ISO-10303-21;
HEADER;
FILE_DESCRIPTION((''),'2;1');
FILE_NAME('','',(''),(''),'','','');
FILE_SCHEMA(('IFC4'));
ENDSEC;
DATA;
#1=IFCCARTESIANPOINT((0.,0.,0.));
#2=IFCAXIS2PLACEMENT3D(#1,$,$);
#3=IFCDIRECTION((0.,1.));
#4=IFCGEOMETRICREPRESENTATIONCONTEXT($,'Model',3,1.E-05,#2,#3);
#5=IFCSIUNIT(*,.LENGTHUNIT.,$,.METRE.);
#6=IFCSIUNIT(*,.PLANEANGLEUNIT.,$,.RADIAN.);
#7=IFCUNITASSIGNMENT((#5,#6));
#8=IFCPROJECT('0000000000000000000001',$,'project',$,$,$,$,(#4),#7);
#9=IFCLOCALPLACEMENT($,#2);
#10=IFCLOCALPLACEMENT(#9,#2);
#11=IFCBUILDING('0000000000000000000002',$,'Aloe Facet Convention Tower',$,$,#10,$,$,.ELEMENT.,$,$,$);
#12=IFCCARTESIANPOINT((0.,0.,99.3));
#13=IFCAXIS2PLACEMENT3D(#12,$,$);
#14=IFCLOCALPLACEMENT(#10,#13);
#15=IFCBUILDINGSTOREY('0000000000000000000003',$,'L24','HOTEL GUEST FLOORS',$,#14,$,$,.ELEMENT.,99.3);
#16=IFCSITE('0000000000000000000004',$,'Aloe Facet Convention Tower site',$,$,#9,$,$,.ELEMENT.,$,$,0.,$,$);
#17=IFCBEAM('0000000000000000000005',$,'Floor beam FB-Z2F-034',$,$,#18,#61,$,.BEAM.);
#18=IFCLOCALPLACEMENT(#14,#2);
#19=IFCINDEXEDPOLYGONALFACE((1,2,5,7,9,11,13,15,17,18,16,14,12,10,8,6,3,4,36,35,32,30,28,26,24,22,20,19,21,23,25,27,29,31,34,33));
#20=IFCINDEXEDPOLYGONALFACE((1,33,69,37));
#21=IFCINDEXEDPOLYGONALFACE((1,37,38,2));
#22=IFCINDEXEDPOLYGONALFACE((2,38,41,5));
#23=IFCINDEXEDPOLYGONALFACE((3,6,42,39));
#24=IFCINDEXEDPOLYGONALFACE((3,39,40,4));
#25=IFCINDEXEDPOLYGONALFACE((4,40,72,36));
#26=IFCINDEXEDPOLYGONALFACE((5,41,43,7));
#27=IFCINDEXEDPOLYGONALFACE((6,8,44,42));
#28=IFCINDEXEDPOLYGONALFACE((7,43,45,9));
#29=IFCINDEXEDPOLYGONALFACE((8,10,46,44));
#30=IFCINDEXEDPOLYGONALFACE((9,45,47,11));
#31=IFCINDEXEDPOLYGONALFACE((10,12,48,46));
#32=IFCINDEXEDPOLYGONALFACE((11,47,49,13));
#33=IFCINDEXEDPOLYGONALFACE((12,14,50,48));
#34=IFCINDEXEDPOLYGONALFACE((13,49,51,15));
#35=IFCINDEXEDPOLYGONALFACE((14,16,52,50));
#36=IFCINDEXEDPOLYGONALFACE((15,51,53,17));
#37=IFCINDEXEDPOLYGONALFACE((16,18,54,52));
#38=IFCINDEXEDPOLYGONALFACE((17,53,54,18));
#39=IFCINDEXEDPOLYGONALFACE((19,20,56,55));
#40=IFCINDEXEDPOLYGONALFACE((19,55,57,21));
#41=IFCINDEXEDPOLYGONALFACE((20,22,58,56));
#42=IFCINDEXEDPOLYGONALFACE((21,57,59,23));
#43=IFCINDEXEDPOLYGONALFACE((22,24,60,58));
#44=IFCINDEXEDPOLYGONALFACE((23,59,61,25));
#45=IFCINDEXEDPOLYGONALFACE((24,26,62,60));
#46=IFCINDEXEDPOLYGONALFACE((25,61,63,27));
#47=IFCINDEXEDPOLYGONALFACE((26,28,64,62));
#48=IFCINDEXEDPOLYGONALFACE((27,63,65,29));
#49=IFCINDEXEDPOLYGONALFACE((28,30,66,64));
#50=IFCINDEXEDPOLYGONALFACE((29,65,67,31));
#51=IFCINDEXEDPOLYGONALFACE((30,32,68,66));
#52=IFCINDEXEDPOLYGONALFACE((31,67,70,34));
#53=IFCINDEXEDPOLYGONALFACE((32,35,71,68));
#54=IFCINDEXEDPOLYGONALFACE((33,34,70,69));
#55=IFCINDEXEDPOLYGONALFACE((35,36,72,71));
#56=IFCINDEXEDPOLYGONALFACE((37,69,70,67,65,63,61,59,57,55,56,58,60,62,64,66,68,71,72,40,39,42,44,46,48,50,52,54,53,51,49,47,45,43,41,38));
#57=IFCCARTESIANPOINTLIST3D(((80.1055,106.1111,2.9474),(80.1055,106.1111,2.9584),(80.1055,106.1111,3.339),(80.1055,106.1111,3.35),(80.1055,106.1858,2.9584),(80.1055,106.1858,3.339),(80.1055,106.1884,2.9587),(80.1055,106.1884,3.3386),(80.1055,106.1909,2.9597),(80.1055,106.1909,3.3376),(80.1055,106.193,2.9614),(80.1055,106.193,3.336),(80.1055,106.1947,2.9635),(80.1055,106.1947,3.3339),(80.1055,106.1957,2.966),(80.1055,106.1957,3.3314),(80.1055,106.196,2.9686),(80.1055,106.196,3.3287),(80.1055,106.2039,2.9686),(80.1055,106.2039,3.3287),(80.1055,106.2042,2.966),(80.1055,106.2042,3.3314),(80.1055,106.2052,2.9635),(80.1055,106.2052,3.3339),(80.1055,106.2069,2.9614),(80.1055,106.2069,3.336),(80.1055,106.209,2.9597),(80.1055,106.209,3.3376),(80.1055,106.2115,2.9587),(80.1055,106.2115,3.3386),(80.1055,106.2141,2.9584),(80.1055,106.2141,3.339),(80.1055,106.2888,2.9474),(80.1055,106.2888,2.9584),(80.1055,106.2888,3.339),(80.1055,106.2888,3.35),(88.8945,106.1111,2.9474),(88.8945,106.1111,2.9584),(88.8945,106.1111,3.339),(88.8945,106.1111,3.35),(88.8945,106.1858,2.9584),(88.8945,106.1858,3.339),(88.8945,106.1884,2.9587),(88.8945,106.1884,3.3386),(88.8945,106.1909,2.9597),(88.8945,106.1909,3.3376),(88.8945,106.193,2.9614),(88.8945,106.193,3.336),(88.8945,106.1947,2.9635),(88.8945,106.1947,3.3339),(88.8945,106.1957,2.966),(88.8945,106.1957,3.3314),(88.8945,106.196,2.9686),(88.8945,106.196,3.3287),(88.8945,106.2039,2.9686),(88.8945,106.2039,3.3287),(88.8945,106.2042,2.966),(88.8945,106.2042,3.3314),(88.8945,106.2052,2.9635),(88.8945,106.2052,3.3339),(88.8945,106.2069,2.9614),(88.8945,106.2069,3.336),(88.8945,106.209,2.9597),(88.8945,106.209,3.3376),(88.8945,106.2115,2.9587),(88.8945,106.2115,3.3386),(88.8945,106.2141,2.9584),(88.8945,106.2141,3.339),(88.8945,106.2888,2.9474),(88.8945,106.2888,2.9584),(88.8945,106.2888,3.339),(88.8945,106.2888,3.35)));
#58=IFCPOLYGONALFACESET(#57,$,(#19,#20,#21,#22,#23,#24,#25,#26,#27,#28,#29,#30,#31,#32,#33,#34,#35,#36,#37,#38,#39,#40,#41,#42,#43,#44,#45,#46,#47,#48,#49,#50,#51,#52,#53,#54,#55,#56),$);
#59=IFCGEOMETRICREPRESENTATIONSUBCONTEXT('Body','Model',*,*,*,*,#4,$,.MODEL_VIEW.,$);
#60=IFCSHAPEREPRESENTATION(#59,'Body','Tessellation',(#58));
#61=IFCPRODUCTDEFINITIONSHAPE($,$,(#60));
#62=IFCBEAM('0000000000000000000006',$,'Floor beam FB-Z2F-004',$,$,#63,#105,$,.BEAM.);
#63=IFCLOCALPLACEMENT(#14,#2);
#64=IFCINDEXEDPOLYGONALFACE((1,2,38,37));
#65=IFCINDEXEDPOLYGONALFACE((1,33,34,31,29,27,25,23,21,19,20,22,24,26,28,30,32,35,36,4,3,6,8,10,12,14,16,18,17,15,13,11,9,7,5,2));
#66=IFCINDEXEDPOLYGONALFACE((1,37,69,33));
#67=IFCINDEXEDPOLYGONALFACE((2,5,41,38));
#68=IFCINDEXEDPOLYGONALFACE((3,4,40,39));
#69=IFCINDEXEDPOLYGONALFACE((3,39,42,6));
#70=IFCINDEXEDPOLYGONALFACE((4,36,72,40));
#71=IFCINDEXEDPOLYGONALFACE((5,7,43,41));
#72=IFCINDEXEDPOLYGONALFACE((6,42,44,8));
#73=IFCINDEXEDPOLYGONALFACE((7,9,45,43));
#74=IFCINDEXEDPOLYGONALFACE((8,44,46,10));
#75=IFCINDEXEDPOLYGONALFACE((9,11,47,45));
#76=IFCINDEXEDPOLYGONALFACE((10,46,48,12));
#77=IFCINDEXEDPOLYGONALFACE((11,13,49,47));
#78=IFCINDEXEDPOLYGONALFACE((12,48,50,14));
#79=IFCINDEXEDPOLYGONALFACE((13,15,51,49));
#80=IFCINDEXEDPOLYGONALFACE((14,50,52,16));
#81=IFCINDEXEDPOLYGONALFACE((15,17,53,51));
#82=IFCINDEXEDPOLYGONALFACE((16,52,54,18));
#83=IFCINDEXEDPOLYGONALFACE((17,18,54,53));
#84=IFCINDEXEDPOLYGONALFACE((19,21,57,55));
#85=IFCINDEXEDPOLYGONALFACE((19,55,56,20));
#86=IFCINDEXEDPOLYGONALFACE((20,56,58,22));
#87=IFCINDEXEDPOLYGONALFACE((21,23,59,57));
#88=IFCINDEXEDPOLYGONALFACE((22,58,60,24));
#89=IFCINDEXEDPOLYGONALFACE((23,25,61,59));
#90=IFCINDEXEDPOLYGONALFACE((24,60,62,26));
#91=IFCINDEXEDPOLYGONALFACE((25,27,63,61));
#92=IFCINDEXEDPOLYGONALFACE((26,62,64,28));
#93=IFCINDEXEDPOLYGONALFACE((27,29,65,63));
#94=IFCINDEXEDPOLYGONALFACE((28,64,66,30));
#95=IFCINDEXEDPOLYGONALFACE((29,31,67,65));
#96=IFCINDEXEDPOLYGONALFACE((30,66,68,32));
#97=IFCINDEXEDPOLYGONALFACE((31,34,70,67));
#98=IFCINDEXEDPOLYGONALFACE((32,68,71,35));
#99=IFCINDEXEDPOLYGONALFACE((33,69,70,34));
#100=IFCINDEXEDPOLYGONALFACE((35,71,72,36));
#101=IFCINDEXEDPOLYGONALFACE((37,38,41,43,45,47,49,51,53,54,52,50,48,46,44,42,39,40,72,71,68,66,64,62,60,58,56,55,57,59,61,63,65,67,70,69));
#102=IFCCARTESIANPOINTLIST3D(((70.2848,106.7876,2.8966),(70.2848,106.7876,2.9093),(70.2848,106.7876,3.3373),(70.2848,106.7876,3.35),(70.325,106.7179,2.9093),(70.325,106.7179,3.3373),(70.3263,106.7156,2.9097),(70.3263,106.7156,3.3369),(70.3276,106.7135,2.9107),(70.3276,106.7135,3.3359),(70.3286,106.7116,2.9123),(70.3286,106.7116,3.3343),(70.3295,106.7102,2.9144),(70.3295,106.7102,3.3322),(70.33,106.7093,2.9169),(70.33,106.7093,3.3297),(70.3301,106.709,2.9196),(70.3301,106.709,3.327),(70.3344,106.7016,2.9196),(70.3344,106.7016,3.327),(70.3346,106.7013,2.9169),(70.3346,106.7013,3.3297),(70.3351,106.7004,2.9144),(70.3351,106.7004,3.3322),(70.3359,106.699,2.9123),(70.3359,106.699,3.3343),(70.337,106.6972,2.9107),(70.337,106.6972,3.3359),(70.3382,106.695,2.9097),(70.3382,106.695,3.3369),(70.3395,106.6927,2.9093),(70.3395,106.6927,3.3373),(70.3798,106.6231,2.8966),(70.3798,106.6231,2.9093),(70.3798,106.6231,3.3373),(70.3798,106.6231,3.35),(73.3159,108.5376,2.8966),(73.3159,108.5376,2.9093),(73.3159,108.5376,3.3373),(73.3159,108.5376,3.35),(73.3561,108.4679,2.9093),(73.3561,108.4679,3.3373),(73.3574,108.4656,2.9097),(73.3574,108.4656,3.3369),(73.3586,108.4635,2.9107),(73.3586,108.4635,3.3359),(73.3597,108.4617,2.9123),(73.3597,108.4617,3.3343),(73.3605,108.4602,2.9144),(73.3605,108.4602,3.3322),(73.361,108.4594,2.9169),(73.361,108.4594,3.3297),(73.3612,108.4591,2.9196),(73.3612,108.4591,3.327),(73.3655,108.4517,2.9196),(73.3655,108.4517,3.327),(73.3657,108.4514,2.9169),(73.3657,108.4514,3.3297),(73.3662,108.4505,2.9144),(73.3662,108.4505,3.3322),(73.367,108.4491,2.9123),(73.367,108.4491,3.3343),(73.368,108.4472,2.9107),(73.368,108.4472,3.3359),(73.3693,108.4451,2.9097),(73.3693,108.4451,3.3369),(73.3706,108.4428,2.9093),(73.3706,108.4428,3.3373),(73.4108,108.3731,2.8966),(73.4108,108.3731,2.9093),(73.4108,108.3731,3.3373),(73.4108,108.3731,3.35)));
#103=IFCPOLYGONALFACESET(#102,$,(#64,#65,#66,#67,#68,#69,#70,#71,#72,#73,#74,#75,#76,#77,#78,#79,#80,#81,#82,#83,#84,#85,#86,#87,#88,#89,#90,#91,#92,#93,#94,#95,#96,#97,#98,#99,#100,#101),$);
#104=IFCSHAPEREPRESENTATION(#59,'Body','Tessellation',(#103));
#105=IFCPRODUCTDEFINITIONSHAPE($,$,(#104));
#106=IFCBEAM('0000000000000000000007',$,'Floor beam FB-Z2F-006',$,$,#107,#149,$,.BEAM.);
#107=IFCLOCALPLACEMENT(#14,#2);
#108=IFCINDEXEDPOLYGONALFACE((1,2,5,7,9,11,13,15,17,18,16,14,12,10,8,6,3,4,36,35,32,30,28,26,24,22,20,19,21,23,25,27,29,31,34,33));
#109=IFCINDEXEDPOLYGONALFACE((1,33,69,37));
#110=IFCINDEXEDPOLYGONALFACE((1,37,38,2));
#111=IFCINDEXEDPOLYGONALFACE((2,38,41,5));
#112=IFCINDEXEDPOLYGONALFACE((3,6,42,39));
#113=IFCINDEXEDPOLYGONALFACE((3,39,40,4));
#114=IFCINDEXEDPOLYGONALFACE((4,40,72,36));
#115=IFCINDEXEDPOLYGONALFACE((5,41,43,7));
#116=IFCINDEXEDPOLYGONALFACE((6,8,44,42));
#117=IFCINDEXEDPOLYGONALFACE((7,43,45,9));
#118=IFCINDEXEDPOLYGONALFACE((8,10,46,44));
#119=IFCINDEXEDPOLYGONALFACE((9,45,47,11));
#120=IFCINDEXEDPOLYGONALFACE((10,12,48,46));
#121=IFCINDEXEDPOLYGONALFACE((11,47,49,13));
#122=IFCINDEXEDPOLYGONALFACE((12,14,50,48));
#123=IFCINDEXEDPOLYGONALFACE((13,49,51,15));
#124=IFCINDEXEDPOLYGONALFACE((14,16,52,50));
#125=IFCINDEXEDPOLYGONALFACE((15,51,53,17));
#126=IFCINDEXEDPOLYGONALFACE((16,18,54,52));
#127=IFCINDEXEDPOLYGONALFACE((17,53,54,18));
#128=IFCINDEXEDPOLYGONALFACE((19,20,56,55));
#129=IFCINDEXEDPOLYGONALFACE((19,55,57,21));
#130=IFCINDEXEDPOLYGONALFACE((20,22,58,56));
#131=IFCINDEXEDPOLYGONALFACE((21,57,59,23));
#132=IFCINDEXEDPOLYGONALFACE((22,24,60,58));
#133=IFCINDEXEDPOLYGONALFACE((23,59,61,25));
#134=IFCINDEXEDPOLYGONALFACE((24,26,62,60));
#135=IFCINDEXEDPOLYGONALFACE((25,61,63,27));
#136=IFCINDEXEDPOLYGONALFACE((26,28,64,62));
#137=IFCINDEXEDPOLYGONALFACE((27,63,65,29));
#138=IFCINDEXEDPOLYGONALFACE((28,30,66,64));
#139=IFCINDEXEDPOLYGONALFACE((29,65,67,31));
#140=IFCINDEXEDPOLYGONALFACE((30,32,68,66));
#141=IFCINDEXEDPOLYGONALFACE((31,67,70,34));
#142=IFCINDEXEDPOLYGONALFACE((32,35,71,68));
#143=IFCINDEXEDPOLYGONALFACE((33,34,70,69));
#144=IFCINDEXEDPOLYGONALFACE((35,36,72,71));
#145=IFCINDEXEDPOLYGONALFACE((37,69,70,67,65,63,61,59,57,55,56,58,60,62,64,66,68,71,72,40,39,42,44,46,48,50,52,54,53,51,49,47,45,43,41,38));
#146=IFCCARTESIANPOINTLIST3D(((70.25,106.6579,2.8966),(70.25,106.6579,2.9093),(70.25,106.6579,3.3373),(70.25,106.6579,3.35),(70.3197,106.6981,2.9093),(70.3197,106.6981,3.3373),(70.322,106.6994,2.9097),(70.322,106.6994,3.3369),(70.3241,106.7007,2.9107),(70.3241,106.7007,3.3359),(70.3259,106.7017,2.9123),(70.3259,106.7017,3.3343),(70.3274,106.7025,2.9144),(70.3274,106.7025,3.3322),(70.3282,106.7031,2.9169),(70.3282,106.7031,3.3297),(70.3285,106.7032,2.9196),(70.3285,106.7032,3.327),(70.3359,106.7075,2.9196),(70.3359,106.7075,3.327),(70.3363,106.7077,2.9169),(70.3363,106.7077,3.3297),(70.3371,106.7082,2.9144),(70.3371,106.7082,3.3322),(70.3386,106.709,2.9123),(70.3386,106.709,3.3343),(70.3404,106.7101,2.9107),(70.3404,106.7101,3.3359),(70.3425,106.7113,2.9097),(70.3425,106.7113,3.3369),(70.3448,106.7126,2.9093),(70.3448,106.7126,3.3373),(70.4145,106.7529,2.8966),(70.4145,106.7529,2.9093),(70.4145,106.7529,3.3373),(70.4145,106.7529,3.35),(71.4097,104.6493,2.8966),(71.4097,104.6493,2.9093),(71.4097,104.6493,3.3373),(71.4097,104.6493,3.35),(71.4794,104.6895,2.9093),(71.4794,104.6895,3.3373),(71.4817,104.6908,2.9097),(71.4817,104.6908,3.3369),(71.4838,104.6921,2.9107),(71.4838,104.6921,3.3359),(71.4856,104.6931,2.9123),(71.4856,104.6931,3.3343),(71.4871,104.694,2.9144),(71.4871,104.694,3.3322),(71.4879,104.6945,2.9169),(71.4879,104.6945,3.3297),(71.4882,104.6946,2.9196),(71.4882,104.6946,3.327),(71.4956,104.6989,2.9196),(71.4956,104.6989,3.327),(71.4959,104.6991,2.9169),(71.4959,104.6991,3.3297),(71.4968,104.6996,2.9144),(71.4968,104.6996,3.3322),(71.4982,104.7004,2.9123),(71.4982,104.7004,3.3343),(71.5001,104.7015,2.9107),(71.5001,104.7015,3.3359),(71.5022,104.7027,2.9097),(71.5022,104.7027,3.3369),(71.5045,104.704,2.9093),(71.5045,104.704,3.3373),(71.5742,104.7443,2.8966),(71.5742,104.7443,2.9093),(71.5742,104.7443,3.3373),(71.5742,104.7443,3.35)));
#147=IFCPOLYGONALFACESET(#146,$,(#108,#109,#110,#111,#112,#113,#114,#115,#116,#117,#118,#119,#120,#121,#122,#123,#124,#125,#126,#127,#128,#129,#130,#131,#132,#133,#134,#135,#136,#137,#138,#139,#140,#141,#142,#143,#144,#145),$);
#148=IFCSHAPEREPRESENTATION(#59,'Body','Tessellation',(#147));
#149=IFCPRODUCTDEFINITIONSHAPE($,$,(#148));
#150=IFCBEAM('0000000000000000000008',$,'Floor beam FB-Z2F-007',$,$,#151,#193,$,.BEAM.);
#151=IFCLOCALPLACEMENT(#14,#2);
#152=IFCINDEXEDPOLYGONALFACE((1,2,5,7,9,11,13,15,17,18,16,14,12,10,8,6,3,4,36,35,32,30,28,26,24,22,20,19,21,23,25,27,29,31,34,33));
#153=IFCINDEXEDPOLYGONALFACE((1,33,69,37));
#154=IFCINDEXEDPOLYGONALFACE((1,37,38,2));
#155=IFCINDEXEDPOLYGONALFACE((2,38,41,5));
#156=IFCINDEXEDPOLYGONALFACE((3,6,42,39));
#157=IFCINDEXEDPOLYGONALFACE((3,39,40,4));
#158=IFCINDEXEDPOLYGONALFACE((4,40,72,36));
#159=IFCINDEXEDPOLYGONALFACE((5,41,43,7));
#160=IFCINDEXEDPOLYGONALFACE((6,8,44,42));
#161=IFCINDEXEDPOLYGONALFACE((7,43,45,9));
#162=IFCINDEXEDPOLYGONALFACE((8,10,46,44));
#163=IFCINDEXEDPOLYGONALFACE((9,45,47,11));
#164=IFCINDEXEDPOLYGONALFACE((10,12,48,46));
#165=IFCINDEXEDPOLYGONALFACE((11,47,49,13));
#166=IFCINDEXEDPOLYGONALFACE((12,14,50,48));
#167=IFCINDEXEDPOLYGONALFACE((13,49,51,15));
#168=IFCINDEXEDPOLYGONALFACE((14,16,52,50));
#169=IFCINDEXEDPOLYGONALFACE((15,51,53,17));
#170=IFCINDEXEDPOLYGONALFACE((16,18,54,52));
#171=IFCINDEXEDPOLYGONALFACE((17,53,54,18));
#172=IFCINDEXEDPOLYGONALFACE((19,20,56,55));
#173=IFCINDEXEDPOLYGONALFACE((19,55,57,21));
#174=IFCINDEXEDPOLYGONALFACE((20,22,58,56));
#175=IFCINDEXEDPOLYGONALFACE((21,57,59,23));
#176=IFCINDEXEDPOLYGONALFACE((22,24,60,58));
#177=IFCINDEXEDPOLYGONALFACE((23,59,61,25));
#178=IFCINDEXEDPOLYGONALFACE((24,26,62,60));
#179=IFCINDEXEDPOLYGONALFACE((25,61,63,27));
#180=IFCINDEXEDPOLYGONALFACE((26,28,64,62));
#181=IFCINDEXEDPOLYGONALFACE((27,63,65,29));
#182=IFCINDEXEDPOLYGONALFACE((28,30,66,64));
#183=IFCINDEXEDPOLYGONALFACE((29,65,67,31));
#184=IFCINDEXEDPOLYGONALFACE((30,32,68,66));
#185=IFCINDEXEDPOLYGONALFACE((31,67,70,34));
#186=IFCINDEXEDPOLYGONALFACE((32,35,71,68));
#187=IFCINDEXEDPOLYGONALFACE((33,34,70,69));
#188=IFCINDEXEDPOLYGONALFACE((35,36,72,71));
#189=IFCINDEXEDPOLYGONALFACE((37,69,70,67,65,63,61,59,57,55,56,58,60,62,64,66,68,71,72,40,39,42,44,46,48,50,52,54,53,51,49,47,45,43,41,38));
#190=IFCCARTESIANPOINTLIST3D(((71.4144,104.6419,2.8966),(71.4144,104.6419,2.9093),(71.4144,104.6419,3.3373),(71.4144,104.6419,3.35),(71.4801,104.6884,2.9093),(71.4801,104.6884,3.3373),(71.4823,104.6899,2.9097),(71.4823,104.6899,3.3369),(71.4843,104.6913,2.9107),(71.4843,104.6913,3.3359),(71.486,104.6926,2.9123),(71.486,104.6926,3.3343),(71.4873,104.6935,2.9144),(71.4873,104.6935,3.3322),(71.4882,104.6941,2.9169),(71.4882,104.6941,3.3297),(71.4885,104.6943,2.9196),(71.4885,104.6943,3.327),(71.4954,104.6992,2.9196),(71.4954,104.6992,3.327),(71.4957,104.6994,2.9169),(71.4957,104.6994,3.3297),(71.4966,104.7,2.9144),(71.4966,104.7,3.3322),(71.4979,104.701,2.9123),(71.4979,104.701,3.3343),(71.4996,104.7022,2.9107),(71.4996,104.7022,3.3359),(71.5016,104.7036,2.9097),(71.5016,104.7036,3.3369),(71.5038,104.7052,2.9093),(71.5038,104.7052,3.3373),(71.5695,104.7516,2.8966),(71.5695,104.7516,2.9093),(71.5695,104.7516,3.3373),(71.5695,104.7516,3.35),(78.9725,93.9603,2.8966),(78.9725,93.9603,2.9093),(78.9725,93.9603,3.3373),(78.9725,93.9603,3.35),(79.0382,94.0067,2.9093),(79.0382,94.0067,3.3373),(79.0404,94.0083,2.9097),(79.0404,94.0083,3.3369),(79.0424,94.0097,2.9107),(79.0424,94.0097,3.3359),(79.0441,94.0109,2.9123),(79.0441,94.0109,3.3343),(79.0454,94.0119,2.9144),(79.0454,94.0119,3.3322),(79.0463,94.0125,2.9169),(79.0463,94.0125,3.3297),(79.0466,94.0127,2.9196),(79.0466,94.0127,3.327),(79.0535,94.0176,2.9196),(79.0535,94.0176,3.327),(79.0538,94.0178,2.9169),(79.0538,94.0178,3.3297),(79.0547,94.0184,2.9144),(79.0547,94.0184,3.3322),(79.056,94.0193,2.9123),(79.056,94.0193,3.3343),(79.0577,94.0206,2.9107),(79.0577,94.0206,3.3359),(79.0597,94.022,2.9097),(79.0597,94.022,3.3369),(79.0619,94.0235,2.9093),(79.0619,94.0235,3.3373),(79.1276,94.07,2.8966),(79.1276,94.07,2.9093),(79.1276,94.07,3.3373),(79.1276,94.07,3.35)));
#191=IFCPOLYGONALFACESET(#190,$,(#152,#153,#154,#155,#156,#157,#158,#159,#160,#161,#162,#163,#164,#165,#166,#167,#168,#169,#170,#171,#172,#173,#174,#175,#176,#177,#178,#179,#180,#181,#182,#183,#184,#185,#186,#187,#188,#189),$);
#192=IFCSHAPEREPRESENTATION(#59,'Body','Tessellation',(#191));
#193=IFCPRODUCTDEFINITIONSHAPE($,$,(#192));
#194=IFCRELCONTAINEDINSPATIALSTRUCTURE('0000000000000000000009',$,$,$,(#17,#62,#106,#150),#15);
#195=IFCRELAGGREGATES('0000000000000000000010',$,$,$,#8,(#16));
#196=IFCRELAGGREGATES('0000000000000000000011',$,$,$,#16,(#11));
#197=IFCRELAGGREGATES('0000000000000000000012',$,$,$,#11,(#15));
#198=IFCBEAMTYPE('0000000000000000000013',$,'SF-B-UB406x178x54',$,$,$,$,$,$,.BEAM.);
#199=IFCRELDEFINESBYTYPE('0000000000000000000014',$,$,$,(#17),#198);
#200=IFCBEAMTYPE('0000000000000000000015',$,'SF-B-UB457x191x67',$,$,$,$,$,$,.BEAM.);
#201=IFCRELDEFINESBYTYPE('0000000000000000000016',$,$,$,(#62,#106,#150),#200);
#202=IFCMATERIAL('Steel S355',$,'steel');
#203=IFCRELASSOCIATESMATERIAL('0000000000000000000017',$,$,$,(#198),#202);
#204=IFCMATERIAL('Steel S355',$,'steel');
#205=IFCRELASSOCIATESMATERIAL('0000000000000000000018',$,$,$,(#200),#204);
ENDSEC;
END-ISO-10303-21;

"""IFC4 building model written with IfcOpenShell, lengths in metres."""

from ifc_helpers import new_model, si_unit, direction, frame, origin, origin_2d, place, context, subcontext, project, spatial, i_section, extrude, material, material_profile, profile_set, type_object, element, save


model = new_model("IFC4")

# Units and contexts
model_context = context("Model", 3, precision=1e-05, world=origin(), true_north=direction((0.0, 1.0)))
body_context = subcontext(model_context, "Body", "Model", "MODEL_VIEW")
ifc_project = project(units=[si_unit("LENGTHUNIT", "METRE"), si_unit("PLANEANGLEUNIT", "RADIAN")], contexts=[model_context])

# Site, building, storey
site_placement = place(None, origin())
site = spatial("IfcSite", under=ifc_project, at=site_placement, Name="Aloe Facet Convention Tower site", CompositionType="ELEMENT", RefElevation=0.0)
building_placement = place(site_placement, origin())
building = spatial("IfcBuilding", under=site, at=building_placement, Name="Aloe Facet Convention Tower", CompositionType="ELEMENT")
storey_placement = place(building_placement, frame((0.0, 0.0, 99.3)))
storey = spatial("IfcBuildingStorey", under=building, at=storey_placement, Name="L24", Description="HOTEL GUEST FLOORS", CompositionType="ELEMENT", Elevation=99.3)

# Beams
ifc_material_1 = material(Name="Steel S355", Category="steel")
ifc_material_profile_1 = material_profile(ifc_material_1, i_section(OverallWidth=0.1777, OverallDepth=0.4026, WebThickness=0.0078, FlangeThickness=0.011, FilletRadius=0.0103, at=origin_2d()), Name="UB 406x178x54")
ifc_profile_set_1 = profile_set([ifc_material_profile_1], Name="Steel S355")
beam_type_1 = type_object("IfcBeamType", Name="SF-B-UB406x178x54", PredefinedType="BEAM", material=ifc_profile_set_1)
beam_1_placement = place(storey_placement, frame((80.1055, 106.2, 3.1487), z_axis=(1.0, 0.0, 0.0), x_axis=(0.0, 1.0, 0.0)))
element("IfcBeam", 1, at=beam_1_placement, inside=storey, type_object=beam_type_1, Name="Floor beam FB-Z2F-034", PredefinedType="BEAM", context=body_context, shape_type="SweptSolid", body=[
    extrude(i_section(OverallWidth=0.1777, OverallDepth=0.4026, WebThickness=0.0078, FlangeThickness=0.011, FilletRadius=0.0103, at=origin_2d()), origin(), (0.0, 0.0, 1.0), 8.7891),
])
ifc_material_2 = material(Name="Steel S355", Category="steel")
ifc_material_profile_2 = material_profile(ifc_material_2, i_section(OverallWidth=0.1899, OverallDepth=0.4534, WebThickness=0.0085, FlangeThickness=0.0127, FilletRadius=0.0103, at=origin_2d()), Name="UB 457x191x67")
ifc_profile_set_2 = profile_set([ifc_material_profile_2], Name="Steel S355")
beam_type_2 = type_object("IfcBeamType", Name="SF-B-UB457x191x67", PredefinedType="BEAM", material=ifc_profile_set_2)
beam_2_placement = place(storey_placement, frame((70.3323, 106.7053, 3.1233), z_axis=(0.866019, 0.50001, 0.0), x_axis=(-0.50001, 0.866019, 0.0)))
element("IfcBeam", 2, at=beam_2_placement, inside=storey, type_object=beam_type_2, Name="Floor beam FB-Z2F-004", PredefinedType="BEAM", context=body_context, shape_type="SweptSolid", body=[
    extrude(i_section(OverallWidth=0.1899, OverallDepth=0.4534, WebThickness=0.0085, FlangeThickness=0.0127, FilletRadius=0.0103, at=origin_2d()), origin(), (0.0, 0.0, 1.0), 3.5),
])
beam_3_placement = place(storey_placement, frame((71.4919, 104.6968, 3.1233), z_axis=(-0.500011, 0.866019, 0.0), x_axis=(-0.866019, -0.500011, 0.0)))
element("IfcBeam", 3, at=beam_3_placement, inside=storey, type_object=beam_type_2, Name="Floor beam FB-Z2F-006", PredefinedType="BEAM", context=body_context, shape_type="SweptSolid", body=[
    extrude(i_section(OverallWidth=0.1899, OverallDepth=0.4534, WebThickness=0.0085, FlangeThickness=0.0127, FilletRadius=0.0103, at=origin_2d()), origin(), (0.0, 0.0, 1.0), 2.3193),
])
beam_4_placement = place(storey_placement, frame((71.4919, 104.6968, 3.1233), z_axis=(0.577607, -0.816315, 0.0), x_axis=(0.816315, 0.577607, 0.0)))
element("IfcBeam", 4, at=beam_4_placement, inside=storey, type_object=beam_type_2, Name="Floor beam FB-Z2F-007", PredefinedType="BEAM", context=body_context, shape_type="SweptSolid", body=[
    extrude(i_section(OverallWidth=0.1899, OverallDepth=0.4534, WebThickness=0.0085, FlangeThickness=0.0127, FilletRadius=0.0103, at=origin_2d()), origin(), (0.0, 0.0, 1.0), 13.0852),
])

save(model, "model.ifc")
